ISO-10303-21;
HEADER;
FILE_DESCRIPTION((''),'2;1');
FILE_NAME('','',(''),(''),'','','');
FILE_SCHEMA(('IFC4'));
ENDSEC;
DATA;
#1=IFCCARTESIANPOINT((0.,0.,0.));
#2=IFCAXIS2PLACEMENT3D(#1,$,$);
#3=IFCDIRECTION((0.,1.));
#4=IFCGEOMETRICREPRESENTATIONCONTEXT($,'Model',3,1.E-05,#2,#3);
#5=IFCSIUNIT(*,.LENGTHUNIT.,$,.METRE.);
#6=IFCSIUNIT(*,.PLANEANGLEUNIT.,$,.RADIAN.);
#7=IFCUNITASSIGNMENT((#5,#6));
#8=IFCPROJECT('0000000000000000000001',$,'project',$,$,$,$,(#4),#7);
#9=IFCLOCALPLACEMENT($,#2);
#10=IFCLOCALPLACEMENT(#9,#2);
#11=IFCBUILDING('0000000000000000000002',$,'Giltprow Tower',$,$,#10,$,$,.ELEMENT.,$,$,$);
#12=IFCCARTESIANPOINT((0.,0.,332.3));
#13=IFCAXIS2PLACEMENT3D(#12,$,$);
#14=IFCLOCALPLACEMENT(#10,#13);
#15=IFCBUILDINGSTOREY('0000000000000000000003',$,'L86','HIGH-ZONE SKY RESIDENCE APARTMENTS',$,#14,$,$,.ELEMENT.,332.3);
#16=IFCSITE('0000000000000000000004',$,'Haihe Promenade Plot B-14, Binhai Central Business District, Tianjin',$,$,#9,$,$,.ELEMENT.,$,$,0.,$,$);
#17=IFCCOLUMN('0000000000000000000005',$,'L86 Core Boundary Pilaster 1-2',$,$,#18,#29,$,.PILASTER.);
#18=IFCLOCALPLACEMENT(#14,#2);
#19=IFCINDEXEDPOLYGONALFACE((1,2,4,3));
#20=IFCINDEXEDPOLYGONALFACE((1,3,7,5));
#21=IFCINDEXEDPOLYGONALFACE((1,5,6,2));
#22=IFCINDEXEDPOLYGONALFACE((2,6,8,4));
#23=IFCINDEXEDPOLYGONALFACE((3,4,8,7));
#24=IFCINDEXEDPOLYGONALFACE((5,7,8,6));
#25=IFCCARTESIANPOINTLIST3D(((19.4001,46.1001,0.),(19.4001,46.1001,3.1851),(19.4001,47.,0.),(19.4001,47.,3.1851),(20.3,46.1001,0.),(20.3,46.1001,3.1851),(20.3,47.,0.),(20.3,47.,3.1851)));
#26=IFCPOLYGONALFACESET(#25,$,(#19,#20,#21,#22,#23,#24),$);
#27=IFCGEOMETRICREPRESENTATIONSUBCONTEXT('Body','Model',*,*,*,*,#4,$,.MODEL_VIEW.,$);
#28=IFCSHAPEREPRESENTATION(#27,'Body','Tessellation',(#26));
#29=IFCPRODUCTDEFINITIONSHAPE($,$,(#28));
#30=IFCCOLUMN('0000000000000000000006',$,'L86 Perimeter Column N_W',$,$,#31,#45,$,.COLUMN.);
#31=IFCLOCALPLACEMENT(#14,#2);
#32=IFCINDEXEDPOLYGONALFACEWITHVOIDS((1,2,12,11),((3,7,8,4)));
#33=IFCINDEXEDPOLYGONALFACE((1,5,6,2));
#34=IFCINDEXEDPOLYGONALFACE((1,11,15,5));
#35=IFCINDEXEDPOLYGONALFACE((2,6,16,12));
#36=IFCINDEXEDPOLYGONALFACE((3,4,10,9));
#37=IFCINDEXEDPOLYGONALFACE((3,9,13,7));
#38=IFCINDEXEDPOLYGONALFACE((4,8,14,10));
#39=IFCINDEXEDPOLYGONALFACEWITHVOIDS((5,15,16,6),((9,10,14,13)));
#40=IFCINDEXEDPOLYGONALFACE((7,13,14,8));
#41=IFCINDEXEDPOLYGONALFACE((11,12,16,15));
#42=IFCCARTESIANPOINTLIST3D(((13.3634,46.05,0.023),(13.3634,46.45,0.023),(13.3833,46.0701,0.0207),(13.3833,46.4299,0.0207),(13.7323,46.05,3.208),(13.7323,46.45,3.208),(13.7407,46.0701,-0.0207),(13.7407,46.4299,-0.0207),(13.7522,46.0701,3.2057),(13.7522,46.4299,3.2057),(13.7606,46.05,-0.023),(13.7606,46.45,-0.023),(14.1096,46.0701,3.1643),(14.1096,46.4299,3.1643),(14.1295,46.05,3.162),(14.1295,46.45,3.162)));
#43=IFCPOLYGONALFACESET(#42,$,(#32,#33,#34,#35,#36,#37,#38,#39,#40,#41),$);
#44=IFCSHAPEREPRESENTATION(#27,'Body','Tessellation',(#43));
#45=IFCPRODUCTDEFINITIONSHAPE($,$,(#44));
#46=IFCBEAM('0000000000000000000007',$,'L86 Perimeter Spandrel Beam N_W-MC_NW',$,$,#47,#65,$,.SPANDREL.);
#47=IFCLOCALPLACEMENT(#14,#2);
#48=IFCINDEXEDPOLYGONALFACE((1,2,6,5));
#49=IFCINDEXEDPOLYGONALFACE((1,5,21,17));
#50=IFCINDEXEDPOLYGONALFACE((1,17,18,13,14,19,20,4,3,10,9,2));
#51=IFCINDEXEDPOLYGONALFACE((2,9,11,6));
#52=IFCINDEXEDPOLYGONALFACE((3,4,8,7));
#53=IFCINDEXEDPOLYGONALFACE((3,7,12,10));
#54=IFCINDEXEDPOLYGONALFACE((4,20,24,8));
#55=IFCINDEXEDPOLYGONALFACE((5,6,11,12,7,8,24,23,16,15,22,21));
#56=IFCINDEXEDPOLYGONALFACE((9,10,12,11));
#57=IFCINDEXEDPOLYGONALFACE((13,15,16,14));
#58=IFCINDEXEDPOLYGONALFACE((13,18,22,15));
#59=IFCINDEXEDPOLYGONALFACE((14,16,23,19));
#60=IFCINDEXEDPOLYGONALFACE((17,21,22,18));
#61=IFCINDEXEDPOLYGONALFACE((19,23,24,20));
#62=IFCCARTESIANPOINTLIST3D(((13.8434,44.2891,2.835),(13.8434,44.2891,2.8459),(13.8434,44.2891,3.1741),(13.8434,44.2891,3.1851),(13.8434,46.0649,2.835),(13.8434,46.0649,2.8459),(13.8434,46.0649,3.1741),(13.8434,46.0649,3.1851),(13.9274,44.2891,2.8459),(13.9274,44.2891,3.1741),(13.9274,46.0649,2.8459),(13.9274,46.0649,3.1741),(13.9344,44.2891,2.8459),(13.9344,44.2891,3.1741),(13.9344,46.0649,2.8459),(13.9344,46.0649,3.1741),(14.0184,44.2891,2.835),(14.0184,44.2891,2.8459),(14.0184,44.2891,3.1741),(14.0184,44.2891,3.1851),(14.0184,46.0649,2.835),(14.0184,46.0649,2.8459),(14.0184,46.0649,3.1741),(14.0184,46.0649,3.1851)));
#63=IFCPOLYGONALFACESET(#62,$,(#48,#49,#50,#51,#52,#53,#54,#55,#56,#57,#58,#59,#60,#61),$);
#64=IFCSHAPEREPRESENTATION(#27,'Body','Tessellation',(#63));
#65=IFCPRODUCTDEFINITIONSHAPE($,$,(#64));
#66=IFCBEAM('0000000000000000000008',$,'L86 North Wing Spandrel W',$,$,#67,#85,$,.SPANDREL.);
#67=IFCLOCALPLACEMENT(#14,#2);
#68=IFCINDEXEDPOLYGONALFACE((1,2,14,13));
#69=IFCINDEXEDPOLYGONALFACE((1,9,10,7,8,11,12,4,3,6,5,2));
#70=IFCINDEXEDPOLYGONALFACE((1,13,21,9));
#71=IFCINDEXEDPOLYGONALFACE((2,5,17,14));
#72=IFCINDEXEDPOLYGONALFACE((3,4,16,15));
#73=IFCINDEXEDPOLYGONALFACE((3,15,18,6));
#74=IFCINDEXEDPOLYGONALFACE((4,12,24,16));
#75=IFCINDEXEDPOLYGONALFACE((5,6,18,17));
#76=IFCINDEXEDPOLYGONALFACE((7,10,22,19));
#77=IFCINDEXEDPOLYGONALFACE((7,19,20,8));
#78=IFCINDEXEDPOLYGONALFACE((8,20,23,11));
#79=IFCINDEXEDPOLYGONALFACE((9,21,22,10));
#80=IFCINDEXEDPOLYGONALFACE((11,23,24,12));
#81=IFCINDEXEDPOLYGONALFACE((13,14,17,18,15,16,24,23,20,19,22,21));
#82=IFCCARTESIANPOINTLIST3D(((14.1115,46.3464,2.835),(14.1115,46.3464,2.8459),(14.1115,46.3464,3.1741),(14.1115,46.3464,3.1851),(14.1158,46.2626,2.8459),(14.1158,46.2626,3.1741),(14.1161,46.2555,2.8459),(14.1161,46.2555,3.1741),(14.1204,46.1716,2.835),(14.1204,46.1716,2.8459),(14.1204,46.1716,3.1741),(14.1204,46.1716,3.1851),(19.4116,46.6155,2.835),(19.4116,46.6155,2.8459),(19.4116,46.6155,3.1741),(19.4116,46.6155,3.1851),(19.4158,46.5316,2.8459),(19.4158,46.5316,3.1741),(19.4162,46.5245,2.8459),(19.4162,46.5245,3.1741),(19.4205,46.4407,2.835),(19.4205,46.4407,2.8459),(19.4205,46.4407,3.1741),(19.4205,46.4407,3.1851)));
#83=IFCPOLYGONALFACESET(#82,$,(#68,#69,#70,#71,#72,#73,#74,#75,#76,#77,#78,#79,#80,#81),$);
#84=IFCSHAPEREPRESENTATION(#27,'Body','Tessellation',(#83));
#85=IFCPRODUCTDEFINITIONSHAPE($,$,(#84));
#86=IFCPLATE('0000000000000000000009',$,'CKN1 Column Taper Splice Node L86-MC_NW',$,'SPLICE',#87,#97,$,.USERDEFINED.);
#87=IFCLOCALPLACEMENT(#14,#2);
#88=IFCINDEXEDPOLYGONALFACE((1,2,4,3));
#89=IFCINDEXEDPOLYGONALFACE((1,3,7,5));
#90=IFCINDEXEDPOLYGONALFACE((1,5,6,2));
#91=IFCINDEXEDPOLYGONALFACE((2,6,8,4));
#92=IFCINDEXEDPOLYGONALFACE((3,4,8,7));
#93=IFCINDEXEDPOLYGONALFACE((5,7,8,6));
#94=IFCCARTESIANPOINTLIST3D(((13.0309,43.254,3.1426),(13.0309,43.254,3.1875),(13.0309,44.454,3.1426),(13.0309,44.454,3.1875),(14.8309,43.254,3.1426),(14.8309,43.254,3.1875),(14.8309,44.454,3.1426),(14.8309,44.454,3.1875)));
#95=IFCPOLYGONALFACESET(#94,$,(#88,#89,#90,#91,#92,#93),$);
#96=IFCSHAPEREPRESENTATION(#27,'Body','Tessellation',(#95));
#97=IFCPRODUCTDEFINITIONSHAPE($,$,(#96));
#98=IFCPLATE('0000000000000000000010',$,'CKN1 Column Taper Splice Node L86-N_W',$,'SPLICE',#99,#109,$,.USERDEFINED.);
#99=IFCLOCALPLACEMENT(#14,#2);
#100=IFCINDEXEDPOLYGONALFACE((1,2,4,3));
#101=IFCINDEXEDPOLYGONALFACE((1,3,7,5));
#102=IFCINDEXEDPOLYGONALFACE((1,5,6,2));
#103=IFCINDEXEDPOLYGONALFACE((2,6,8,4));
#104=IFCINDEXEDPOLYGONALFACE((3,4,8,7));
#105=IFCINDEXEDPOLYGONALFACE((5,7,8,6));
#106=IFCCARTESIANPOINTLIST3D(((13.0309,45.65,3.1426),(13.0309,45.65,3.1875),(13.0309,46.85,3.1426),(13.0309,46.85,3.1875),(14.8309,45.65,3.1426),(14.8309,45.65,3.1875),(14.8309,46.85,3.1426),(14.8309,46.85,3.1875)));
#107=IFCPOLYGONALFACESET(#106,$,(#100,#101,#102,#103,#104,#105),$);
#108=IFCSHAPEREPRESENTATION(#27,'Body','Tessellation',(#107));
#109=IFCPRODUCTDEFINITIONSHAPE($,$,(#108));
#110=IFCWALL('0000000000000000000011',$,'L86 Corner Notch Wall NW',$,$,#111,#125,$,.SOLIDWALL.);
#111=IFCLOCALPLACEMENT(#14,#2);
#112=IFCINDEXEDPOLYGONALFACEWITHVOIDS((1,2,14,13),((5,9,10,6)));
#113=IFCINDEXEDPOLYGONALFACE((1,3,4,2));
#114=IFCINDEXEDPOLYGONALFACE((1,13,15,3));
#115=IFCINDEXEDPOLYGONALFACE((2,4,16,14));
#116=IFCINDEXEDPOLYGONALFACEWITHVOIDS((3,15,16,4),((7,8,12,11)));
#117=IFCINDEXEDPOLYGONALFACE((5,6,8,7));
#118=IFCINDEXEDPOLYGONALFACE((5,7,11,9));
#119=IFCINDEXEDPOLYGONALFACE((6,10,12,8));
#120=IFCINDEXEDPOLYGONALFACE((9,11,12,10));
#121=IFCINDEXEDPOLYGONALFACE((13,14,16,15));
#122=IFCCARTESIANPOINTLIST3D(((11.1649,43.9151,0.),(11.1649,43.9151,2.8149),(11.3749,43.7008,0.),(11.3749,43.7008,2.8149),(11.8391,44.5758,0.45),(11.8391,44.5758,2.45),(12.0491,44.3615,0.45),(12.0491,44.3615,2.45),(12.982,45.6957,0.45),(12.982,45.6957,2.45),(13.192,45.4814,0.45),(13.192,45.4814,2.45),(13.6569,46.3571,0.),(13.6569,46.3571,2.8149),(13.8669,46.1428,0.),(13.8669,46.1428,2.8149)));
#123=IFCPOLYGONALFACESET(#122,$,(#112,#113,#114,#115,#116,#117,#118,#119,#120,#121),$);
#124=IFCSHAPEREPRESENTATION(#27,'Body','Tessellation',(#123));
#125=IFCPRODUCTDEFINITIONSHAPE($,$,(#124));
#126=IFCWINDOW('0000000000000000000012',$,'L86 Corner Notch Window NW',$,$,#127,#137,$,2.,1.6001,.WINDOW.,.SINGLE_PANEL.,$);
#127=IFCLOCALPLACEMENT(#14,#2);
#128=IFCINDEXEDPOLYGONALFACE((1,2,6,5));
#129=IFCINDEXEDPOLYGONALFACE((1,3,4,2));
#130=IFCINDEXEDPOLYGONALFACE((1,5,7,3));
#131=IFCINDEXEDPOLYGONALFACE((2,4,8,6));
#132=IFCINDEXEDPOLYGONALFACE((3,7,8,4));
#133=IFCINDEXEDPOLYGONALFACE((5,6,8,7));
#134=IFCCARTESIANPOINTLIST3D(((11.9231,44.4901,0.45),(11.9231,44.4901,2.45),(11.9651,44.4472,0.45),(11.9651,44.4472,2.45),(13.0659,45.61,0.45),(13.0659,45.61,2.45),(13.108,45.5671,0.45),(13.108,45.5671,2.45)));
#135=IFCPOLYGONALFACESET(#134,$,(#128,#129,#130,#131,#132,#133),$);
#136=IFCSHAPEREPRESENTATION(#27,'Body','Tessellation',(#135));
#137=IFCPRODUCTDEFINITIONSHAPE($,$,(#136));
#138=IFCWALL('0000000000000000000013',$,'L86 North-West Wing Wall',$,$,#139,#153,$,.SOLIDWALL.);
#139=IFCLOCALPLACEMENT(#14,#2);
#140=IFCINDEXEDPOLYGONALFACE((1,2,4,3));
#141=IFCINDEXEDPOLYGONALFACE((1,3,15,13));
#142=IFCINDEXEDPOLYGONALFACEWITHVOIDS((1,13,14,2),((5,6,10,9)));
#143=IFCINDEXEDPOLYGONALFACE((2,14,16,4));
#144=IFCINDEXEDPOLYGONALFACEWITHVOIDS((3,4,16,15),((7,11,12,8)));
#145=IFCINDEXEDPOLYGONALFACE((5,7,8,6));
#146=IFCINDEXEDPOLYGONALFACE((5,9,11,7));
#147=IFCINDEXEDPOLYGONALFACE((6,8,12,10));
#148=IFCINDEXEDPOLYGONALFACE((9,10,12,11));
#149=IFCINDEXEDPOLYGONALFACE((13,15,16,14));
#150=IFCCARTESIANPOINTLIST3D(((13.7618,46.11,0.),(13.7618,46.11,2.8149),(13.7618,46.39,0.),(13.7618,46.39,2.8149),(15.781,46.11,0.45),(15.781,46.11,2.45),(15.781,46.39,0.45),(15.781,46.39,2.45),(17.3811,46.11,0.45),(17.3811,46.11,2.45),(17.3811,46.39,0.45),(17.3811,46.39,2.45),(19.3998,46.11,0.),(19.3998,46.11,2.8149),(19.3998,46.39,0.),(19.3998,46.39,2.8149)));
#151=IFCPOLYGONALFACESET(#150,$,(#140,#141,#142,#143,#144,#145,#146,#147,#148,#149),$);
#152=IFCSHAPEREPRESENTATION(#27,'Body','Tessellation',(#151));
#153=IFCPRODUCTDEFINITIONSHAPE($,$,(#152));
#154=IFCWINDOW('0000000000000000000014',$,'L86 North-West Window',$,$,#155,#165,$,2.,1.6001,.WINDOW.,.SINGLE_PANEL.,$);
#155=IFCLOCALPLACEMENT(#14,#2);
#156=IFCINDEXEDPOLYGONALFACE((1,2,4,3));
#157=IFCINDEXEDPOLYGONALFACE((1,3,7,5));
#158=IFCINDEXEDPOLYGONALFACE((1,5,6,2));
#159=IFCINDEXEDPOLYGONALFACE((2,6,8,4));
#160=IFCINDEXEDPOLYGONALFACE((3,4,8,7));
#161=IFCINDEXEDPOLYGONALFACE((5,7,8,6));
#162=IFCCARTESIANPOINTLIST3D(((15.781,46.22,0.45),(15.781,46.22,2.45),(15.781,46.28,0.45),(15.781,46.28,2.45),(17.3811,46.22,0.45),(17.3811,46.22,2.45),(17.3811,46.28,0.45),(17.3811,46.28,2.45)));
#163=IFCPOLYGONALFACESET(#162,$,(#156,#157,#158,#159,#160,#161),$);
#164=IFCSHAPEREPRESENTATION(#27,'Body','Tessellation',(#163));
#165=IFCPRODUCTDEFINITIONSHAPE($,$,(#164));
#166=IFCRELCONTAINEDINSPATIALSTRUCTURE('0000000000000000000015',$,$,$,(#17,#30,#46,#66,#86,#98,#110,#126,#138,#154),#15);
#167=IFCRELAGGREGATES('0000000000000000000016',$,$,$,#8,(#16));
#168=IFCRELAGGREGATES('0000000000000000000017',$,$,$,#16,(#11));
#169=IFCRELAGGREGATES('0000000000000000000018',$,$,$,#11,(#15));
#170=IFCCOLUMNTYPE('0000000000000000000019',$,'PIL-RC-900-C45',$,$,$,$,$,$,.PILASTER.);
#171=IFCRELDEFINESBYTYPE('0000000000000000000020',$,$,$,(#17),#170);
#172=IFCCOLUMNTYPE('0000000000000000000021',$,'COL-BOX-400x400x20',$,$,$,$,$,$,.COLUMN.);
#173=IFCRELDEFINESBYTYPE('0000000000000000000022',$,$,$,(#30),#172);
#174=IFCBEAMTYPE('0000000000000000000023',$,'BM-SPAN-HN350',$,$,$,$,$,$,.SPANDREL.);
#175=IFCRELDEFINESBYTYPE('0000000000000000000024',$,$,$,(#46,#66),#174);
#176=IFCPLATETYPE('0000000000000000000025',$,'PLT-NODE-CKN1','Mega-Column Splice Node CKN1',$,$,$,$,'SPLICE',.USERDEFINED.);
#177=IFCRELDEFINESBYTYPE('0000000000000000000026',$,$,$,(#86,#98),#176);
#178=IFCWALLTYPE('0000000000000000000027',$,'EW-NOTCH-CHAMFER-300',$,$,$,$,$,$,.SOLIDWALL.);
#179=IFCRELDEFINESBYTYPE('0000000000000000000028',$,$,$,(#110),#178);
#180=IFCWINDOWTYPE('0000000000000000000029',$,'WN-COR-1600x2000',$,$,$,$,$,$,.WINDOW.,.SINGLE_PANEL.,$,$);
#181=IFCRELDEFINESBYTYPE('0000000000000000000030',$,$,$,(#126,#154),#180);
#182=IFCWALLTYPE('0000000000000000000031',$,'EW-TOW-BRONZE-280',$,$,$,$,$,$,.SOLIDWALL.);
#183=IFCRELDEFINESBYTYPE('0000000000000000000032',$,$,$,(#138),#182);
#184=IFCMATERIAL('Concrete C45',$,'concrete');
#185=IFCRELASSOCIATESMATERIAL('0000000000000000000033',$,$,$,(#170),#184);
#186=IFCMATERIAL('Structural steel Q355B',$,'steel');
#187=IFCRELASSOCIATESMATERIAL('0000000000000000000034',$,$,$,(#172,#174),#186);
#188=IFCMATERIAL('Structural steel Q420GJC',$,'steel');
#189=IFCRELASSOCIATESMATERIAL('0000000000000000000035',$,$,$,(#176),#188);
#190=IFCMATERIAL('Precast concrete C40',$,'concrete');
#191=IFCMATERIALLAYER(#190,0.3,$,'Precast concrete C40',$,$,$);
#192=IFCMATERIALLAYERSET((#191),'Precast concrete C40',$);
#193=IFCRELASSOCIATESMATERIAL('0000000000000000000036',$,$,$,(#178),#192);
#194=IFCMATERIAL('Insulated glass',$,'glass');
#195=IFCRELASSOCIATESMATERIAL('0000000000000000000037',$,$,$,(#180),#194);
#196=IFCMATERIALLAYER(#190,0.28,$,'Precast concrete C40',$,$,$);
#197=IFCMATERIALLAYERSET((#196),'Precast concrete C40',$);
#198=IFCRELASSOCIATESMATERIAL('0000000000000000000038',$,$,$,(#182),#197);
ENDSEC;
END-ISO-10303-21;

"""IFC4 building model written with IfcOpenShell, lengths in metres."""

from ifc_helpers import new_model, si_unit, direction, frame, frame_2d, origin, origin_2d, place, context, subcontext, project, spatial, rectangle, hollow_rectangle, i_section, extrude, source, transform, mapped, material, layer, layer_set, material_profile, profile_set, type_object, element, fill, save


model = new_model("IFC4")

# Units and contexts
model_context = context("Model", 3, precision=1e-05, world=origin(), true_north=direction((0.0, 1.0)))
body_context = subcontext(model_context, "Body", "Model", "MODEL_VIEW")
ifc_project = project(units=[si_unit("LENGTHUNIT", "METRE"), si_unit("PLANEANGLEUNIT", "RADIAN")], contexts=[model_context])

# Site, building, storey
site_placement = place(None, origin())
site = spatial("IfcSite", under=ifc_project, at=site_placement, Name="Haihe Promenade Plot B-14, Binhai Central Business District, Tianjin", CompositionType="ELEMENT", RefElevation=0.0)
building_placement = place(site_placement, origin())
building = spatial("IfcBuilding", under=site, at=building_placement, Name="Giltprow Tower", CompositionType="ELEMENT")
storey_placement = place(building_placement, frame((0.0, 0.0, 332.3)))
storey = spatial("IfcBuildingStorey", under=building, at=storey_placement, Name="L86", Description="HIGH-ZONE SKY RESIDENCE APARTMENTS", CompositionType="ELEMENT", Elevation=332.3)

# Columns
ifc_material_1 = material(Name="Concrete C45", Category="concrete")
ifc_material_profile_1 = material_profile(ifc_material_1, rectangle(XDim=0.8999, YDim=0.8999, at=origin_2d()), Name="RC 900x900")
ifc_profile_set_1 = profile_set([ifc_material_profile_1], Name="Concrete C45")
column_type_1 = type_object("IfcColumnType", Name="PIL-RC-900-C45", PredefinedType="PILASTER", material=ifc_profile_set_1)
shared_shape_1 = source(origin(), body_context, "Body", "SweptSolid", [
    extrude(rectangle(XDim=0.8999, YDim=0.8999, at=origin_2d()), origin(), (0.0, 0.0, 1.0), 3.1851),
])
column_1_placement = place(storey_placement, frame((19.8501, 46.55, 0.0), z_axis=(0.0, 0.0, 1.0), x_axis=(1.0, 0.0, 0.0)))
element("IfcColumn", 1, at=column_1_placement, inside=storey, type_object=column_type_1, Name="L86 Core Boundary Pilaster 1-2", PredefinedType="PILASTER", context=body_context, shape_type="MappedRepresentation", body=[
    mapped(shared_shape_1, transform((0.0, 0.0, 0.0), x_axis=(1.0, 0.0, 0.0), y_axis=(0.0, 1.0, 0.0), z_axis=(0.0, 0.0, 1.0), scale=1.0)),
])
ifc_material_2 = material(Name="Structural steel Q355B", Category="steel")
ifc_material_profile_2 = material_profile(ifc_material_2, hollow_rectangle(XDim=0.3999, YDim=0.3999, WallThickness=0.02, at=origin_2d()), Name="BOX 400x400x20")
ifc_profile_set_2 = profile_set([ifc_material_profile_2], Name="Structural steel Q355B")
column_type_2 = type_object("IfcColumnType", Name="COL-BOX-400x400x20", PredefinedType="COLUMN", material=ifc_profile_set_2)
shared_shape_2 = source(origin(), body_context, "Body", "SweptSolid", [
    extrude(hollow_rectangle(XDim=0.3999, YDim=0.3999, WallThickness=0.02, at=origin_2d()), origin(), (0.0, 0.0, 1.0), 3.2063),
])
column_2_placement = place(storey_placement, frame((13.562, 46.25, 0.0), z_axis=(0.115052, 0.0, 0.993359), x_axis=(0.0, 1.0, 0.0)))
element("IfcColumn", 2, at=column_2_placement, inside=storey, type_object=column_type_2, Name="L86 Perimeter Column N_W", PredefinedType="COLUMN", context=body_context, shape_type="MappedRepresentation", body=[
    mapped(shared_shape_2, transform((0.0, 0.0, 0.0), x_axis=(1.0, 0.0, 0.0), y_axis=(0.0, 1.0, 0.0), z_axis=(0.0, 0.0, 1.0), scale=1.0)),
])

# Beams
ifc_material_profile_3 = material_profile(ifc_material_2, i_section(OverallWidth=0.175, OverallDepth=0.3501, WebThickness=0.0071, FlangeThickness=0.011, at=origin_2d()), Name="HN 350x175x7x11")
ifc_profile_set_3 = profile_set([ifc_material_profile_3], Name="Structural steel Q355B")
beam_type = type_object("IfcBeamType", Name="BM-SPAN-HN350", PredefinedType="SPANDREL", material=ifc_profile_set_3)
shared_shape_3 = source(origin(), body_context, "Body", "SweptSolid", [
    extrude(i_section(OverallWidth=0.175, OverallDepth=0.3501, WebThickness=0.0071, FlangeThickness=0.011, at=origin_2d()), origin(), (0.0, 0.0, 1.0), 1.7759),
])
beam_1_placement = place(storey_placement, frame((13.9309, 46.0649, 3.01), z_axis=(0.0, -1.0, 0.0), x_axis=(1.0, 0.0, 0.0)))
element("IfcBeam", 3, at=beam_1_placement, inside=storey, type_object=beam_type, Name="L86 Perimeter Spandrel Beam N_W-MC_NW", PredefinedType="SPANDREL", context=body_context, shape_type="MappedRepresentation", body=[
    mapped(shared_shape_3, transform((0.0, 0.0, 0.0), x_axis=(1.0, 0.0, 0.0), y_axis=(0.0, 1.0, 0.0), z_axis=(0.0, 0.0, 1.0), scale=1.0)),
])
shared_shape_4 = source(origin(), body_context, "Body", "SweptSolid", [
    extrude(i_section(OverallWidth=0.175, OverallDepth=0.3501, WebThickness=0.0071, FlangeThickness=0.011, at=origin_2d()), origin(), (0.0, 0.0, 1.0), 5.3069),
])
beam_2_placement = place(storey_placement, frame((14.116, 46.259, 3.01), z_axis=(0.998714, 0.050697, 0.0), x_axis=(-0.050697, 0.998714, 0.0)))
element("IfcBeam", 4, at=beam_2_placement, inside=storey, type_object=beam_type, Name="L86 North Wing Spandrel W", PredefinedType="SPANDREL", context=body_context, shape_type="MappedRepresentation", body=[
    mapped(shared_shape_4, transform((0.0, 0.0, 0.0), x_axis=(1.0, 0.0, 0.0), y_axis=(0.0, 1.0, 0.0), z_axis=(0.0, 0.0, 1.0), scale=1.0)),
])

# Plates
ifc_material_3 = material(Name="Structural steel Q420GJC", Category="steel")
plate_type = type_object("IfcPlateType", Name="PLT-NODE-CKN1", Description="Mega-Column Splice Node CKN1", ElementType="SPLICE", PredefinedType="USERDEFINED", material=ifc_material_3)
shared_shape_5 = source(origin(), body_context, "Body", "SweptSolid", [
    extrude(rectangle(XDim=1.8, YDim=1.2, at=origin_2d()), origin(), (0.0, 0.0, 1.0), 0.0449),
])
for number, where, z_axis, x_axis, name in (
    (5, (13.9309, 43.854, 3.1426), (0.0, 0.0, 1.0), (1.0, 0.0, 0.0), "CKN1 Column Taper Splice Node L86-MC_NW"),
    (6, (13.9309, 46.25, 3.1426), (0.0, 0.0, 1.0), (1.0, 0.0, 0.0), "CKN1 Column Taper Splice Node L86-N_W"),
):
    element("IfcPlate", number, at=place(storey_placement, frame(where, z_axis=z_axis, x_axis=x_axis)), inside=storey, type_object=plate_type, Name=name, ObjectType="SPLICE", PredefinedType="USERDEFINED", context=body_context, shape_type="MappedRepresentation", body=[
        mapped(shared_shape_5, transform((0.0, 0.0, 0.0), x_axis=(1.0, 0.0, 0.0), y_axis=(0.0, 1.0, 0.0), z_axis=(0.0, 0.0, 1.0), scale=1.0)),
    ])

# Walls, openings, windows
ifc_material_4 = material(Name="Precast concrete C40", Category="concrete")
ifc_layer_1 = layer(ifc_material_4, 0.3, Name="Precast concrete C40")
ifc_layer_set_1 = layer_set([ifc_layer_1], Name="Precast concrete C40")
wall_type_1 = type_object("IfcWallType", Name="EW-NOTCH-CHAMFER-300", PredefinedType="SOLIDWALL", material=ifc_layer_set_1)
wall_1_placement = place(storey_placement, frame((13.762, 46.25, 0.0), z_axis=(0.0, 0.0, 1.0), x_axis=(-0.714243, -0.699898, 0.0)))
wall_1 = element("IfcWall", 7, at=wall_1_placement, inside=storey, type_object=wall_type_1, Name="L86 Corner Notch Wall NW", PredefinedType="SOLIDWALL", context=body_context, shape_type="SweptSolid", body=[
    extrude(rectangle(XDim=3.489, YDim=0.3, at=frame_2d((1.7446, 0.0))), origin(), (0.0, 0.0, 1.0), 2.8149),
])
opening_1_placement = place(wall_1_placement, frame((0.9451, 0.0, 0.45)))
opening_1 = element("IfcOpeningElement", 8, at=opening_1_placement, cuts=wall_1, PredefinedType="OPENING", context=body_context, shape_type="SweptSolid", body=[
    extrude(rectangle(XDim=1.6001, YDim=2.0, at=frame_2d((0.8, 1.0))), frame((0.0, 0.1599, 0.0), z_axis=(0.0, -1.0, 0.0), x_axis=(1.0, 0.0, 0.0)), (0.0, 0.0, 1.0), 0.3201),
])
ifc_material_5 = material(Name="Insulated glass", Category="glass")
window_type = type_object("IfcWindowType", Name="WN-COR-1600x2000", PartitioningType="SINGLE_PANEL", PredefinedType="WINDOW", material=ifc_material_5)
shared_shape_6 = source(origin(), body_context, "Body", "SweptSolid", [
    extrude(rectangle(XDim=1.6001, YDim=2.0, at=frame_2d((0.8, 1.0))), frame((0.0, 0.03, 0.0), z_axis=(0.0, -1.0, 0.0), x_axis=(1.0, 0.0, 0.0)), (0.0, 0.0, 1.0), 0.0601),
])
window_1_placement = place(opening_1_placement, origin())
window_1 = element("IfcWindow", 9, at=window_1_placement, inside=storey, type_object=window_type, Name="L86 Corner Notch Window NW", OverallHeight=2.0, OverallWidth=1.6001, PartitioningType="SINGLE_PANEL", PredefinedType="WINDOW", context=body_context, shape_type="MappedRepresentation", body=[
    mapped(shared_shape_6, transform((0.0, 0.0, 0.0), x_axis=(1.0, 0.0, 0.0), y_axis=(0.0, 1.0, 0.0), z_axis=(0.0, 0.0, 1.0), scale=1.0)),
])
fill(opening_1, window_1)
ifc_layer_2 = layer(ifc_material_4, 0.28, Name="Precast concrete C40")
ifc_layer_set_2 = layer_set([ifc_layer_2], Name="Precast concrete C40")
wall_type_2 = type_object("IfcWallType", Name="EW-TOW-BRONZE-280", PredefinedType="SOLIDWALL", material=ifc_layer_set_2)
wall_2_placement = place(storey_placement, frame((13.762, 46.25, 0.0), z_axis=(0.0, 0.0, 1.0), x_axis=(1.0, 0.0, 0.0)))
wall_2 = element("IfcWall", 10, at=wall_2_placement, inside=storey, type_object=wall_type_2, Name="L86 North-West Wing Wall", PredefinedType="SOLIDWALL", context=body_context, shape_type="SweptSolid", body=[
    extrude(rectangle(XDim=5.6379, YDim=0.28, at=frame_2d((2.8188, 0.0))), origin(), (0.0, 0.0, 1.0), 2.8149),
])
opening_2_placement = place(wall_2_placement, frame((2.019, 0.0, 0.45)))
opening_2 = element("IfcOpeningElement", 11, at=opening_2_placement, cuts=wall_2, PredefinedType="OPENING", context=body_context, shape_type="SweptSolid", body=[
    extrude(rectangle(XDim=1.6001, YDim=2.0, at=frame_2d((0.8, 1.0))), frame((0.0, 0.1499, 0.0), z_axis=(0.0, -1.0, 0.0), x_axis=(1.0, 0.0, 0.0)), (0.0, 0.0, 1.0), 0.3),
])
window_2_placement = place(opening_2_placement, origin())
window_2 = element("IfcWindow", 12, at=window_2_placement, inside=storey, type_object=window_type, Name="L86 North-West Window", OverallHeight=2.0, OverallWidth=1.6001, PartitioningType="SINGLE_PANEL", PredefinedType="WINDOW", context=body_context, shape_type="MappedRepresentation", body=[
    mapped(shared_shape_6, transform((0.0, 0.0, 0.0), x_axis=(1.0, 0.0, 0.0), y_axis=(0.0, 1.0, 0.0), z_axis=(0.0, 0.0, 1.0), scale=1.0)),
])
fill(opening_2, window_2)

save(model, "model.ifc")
